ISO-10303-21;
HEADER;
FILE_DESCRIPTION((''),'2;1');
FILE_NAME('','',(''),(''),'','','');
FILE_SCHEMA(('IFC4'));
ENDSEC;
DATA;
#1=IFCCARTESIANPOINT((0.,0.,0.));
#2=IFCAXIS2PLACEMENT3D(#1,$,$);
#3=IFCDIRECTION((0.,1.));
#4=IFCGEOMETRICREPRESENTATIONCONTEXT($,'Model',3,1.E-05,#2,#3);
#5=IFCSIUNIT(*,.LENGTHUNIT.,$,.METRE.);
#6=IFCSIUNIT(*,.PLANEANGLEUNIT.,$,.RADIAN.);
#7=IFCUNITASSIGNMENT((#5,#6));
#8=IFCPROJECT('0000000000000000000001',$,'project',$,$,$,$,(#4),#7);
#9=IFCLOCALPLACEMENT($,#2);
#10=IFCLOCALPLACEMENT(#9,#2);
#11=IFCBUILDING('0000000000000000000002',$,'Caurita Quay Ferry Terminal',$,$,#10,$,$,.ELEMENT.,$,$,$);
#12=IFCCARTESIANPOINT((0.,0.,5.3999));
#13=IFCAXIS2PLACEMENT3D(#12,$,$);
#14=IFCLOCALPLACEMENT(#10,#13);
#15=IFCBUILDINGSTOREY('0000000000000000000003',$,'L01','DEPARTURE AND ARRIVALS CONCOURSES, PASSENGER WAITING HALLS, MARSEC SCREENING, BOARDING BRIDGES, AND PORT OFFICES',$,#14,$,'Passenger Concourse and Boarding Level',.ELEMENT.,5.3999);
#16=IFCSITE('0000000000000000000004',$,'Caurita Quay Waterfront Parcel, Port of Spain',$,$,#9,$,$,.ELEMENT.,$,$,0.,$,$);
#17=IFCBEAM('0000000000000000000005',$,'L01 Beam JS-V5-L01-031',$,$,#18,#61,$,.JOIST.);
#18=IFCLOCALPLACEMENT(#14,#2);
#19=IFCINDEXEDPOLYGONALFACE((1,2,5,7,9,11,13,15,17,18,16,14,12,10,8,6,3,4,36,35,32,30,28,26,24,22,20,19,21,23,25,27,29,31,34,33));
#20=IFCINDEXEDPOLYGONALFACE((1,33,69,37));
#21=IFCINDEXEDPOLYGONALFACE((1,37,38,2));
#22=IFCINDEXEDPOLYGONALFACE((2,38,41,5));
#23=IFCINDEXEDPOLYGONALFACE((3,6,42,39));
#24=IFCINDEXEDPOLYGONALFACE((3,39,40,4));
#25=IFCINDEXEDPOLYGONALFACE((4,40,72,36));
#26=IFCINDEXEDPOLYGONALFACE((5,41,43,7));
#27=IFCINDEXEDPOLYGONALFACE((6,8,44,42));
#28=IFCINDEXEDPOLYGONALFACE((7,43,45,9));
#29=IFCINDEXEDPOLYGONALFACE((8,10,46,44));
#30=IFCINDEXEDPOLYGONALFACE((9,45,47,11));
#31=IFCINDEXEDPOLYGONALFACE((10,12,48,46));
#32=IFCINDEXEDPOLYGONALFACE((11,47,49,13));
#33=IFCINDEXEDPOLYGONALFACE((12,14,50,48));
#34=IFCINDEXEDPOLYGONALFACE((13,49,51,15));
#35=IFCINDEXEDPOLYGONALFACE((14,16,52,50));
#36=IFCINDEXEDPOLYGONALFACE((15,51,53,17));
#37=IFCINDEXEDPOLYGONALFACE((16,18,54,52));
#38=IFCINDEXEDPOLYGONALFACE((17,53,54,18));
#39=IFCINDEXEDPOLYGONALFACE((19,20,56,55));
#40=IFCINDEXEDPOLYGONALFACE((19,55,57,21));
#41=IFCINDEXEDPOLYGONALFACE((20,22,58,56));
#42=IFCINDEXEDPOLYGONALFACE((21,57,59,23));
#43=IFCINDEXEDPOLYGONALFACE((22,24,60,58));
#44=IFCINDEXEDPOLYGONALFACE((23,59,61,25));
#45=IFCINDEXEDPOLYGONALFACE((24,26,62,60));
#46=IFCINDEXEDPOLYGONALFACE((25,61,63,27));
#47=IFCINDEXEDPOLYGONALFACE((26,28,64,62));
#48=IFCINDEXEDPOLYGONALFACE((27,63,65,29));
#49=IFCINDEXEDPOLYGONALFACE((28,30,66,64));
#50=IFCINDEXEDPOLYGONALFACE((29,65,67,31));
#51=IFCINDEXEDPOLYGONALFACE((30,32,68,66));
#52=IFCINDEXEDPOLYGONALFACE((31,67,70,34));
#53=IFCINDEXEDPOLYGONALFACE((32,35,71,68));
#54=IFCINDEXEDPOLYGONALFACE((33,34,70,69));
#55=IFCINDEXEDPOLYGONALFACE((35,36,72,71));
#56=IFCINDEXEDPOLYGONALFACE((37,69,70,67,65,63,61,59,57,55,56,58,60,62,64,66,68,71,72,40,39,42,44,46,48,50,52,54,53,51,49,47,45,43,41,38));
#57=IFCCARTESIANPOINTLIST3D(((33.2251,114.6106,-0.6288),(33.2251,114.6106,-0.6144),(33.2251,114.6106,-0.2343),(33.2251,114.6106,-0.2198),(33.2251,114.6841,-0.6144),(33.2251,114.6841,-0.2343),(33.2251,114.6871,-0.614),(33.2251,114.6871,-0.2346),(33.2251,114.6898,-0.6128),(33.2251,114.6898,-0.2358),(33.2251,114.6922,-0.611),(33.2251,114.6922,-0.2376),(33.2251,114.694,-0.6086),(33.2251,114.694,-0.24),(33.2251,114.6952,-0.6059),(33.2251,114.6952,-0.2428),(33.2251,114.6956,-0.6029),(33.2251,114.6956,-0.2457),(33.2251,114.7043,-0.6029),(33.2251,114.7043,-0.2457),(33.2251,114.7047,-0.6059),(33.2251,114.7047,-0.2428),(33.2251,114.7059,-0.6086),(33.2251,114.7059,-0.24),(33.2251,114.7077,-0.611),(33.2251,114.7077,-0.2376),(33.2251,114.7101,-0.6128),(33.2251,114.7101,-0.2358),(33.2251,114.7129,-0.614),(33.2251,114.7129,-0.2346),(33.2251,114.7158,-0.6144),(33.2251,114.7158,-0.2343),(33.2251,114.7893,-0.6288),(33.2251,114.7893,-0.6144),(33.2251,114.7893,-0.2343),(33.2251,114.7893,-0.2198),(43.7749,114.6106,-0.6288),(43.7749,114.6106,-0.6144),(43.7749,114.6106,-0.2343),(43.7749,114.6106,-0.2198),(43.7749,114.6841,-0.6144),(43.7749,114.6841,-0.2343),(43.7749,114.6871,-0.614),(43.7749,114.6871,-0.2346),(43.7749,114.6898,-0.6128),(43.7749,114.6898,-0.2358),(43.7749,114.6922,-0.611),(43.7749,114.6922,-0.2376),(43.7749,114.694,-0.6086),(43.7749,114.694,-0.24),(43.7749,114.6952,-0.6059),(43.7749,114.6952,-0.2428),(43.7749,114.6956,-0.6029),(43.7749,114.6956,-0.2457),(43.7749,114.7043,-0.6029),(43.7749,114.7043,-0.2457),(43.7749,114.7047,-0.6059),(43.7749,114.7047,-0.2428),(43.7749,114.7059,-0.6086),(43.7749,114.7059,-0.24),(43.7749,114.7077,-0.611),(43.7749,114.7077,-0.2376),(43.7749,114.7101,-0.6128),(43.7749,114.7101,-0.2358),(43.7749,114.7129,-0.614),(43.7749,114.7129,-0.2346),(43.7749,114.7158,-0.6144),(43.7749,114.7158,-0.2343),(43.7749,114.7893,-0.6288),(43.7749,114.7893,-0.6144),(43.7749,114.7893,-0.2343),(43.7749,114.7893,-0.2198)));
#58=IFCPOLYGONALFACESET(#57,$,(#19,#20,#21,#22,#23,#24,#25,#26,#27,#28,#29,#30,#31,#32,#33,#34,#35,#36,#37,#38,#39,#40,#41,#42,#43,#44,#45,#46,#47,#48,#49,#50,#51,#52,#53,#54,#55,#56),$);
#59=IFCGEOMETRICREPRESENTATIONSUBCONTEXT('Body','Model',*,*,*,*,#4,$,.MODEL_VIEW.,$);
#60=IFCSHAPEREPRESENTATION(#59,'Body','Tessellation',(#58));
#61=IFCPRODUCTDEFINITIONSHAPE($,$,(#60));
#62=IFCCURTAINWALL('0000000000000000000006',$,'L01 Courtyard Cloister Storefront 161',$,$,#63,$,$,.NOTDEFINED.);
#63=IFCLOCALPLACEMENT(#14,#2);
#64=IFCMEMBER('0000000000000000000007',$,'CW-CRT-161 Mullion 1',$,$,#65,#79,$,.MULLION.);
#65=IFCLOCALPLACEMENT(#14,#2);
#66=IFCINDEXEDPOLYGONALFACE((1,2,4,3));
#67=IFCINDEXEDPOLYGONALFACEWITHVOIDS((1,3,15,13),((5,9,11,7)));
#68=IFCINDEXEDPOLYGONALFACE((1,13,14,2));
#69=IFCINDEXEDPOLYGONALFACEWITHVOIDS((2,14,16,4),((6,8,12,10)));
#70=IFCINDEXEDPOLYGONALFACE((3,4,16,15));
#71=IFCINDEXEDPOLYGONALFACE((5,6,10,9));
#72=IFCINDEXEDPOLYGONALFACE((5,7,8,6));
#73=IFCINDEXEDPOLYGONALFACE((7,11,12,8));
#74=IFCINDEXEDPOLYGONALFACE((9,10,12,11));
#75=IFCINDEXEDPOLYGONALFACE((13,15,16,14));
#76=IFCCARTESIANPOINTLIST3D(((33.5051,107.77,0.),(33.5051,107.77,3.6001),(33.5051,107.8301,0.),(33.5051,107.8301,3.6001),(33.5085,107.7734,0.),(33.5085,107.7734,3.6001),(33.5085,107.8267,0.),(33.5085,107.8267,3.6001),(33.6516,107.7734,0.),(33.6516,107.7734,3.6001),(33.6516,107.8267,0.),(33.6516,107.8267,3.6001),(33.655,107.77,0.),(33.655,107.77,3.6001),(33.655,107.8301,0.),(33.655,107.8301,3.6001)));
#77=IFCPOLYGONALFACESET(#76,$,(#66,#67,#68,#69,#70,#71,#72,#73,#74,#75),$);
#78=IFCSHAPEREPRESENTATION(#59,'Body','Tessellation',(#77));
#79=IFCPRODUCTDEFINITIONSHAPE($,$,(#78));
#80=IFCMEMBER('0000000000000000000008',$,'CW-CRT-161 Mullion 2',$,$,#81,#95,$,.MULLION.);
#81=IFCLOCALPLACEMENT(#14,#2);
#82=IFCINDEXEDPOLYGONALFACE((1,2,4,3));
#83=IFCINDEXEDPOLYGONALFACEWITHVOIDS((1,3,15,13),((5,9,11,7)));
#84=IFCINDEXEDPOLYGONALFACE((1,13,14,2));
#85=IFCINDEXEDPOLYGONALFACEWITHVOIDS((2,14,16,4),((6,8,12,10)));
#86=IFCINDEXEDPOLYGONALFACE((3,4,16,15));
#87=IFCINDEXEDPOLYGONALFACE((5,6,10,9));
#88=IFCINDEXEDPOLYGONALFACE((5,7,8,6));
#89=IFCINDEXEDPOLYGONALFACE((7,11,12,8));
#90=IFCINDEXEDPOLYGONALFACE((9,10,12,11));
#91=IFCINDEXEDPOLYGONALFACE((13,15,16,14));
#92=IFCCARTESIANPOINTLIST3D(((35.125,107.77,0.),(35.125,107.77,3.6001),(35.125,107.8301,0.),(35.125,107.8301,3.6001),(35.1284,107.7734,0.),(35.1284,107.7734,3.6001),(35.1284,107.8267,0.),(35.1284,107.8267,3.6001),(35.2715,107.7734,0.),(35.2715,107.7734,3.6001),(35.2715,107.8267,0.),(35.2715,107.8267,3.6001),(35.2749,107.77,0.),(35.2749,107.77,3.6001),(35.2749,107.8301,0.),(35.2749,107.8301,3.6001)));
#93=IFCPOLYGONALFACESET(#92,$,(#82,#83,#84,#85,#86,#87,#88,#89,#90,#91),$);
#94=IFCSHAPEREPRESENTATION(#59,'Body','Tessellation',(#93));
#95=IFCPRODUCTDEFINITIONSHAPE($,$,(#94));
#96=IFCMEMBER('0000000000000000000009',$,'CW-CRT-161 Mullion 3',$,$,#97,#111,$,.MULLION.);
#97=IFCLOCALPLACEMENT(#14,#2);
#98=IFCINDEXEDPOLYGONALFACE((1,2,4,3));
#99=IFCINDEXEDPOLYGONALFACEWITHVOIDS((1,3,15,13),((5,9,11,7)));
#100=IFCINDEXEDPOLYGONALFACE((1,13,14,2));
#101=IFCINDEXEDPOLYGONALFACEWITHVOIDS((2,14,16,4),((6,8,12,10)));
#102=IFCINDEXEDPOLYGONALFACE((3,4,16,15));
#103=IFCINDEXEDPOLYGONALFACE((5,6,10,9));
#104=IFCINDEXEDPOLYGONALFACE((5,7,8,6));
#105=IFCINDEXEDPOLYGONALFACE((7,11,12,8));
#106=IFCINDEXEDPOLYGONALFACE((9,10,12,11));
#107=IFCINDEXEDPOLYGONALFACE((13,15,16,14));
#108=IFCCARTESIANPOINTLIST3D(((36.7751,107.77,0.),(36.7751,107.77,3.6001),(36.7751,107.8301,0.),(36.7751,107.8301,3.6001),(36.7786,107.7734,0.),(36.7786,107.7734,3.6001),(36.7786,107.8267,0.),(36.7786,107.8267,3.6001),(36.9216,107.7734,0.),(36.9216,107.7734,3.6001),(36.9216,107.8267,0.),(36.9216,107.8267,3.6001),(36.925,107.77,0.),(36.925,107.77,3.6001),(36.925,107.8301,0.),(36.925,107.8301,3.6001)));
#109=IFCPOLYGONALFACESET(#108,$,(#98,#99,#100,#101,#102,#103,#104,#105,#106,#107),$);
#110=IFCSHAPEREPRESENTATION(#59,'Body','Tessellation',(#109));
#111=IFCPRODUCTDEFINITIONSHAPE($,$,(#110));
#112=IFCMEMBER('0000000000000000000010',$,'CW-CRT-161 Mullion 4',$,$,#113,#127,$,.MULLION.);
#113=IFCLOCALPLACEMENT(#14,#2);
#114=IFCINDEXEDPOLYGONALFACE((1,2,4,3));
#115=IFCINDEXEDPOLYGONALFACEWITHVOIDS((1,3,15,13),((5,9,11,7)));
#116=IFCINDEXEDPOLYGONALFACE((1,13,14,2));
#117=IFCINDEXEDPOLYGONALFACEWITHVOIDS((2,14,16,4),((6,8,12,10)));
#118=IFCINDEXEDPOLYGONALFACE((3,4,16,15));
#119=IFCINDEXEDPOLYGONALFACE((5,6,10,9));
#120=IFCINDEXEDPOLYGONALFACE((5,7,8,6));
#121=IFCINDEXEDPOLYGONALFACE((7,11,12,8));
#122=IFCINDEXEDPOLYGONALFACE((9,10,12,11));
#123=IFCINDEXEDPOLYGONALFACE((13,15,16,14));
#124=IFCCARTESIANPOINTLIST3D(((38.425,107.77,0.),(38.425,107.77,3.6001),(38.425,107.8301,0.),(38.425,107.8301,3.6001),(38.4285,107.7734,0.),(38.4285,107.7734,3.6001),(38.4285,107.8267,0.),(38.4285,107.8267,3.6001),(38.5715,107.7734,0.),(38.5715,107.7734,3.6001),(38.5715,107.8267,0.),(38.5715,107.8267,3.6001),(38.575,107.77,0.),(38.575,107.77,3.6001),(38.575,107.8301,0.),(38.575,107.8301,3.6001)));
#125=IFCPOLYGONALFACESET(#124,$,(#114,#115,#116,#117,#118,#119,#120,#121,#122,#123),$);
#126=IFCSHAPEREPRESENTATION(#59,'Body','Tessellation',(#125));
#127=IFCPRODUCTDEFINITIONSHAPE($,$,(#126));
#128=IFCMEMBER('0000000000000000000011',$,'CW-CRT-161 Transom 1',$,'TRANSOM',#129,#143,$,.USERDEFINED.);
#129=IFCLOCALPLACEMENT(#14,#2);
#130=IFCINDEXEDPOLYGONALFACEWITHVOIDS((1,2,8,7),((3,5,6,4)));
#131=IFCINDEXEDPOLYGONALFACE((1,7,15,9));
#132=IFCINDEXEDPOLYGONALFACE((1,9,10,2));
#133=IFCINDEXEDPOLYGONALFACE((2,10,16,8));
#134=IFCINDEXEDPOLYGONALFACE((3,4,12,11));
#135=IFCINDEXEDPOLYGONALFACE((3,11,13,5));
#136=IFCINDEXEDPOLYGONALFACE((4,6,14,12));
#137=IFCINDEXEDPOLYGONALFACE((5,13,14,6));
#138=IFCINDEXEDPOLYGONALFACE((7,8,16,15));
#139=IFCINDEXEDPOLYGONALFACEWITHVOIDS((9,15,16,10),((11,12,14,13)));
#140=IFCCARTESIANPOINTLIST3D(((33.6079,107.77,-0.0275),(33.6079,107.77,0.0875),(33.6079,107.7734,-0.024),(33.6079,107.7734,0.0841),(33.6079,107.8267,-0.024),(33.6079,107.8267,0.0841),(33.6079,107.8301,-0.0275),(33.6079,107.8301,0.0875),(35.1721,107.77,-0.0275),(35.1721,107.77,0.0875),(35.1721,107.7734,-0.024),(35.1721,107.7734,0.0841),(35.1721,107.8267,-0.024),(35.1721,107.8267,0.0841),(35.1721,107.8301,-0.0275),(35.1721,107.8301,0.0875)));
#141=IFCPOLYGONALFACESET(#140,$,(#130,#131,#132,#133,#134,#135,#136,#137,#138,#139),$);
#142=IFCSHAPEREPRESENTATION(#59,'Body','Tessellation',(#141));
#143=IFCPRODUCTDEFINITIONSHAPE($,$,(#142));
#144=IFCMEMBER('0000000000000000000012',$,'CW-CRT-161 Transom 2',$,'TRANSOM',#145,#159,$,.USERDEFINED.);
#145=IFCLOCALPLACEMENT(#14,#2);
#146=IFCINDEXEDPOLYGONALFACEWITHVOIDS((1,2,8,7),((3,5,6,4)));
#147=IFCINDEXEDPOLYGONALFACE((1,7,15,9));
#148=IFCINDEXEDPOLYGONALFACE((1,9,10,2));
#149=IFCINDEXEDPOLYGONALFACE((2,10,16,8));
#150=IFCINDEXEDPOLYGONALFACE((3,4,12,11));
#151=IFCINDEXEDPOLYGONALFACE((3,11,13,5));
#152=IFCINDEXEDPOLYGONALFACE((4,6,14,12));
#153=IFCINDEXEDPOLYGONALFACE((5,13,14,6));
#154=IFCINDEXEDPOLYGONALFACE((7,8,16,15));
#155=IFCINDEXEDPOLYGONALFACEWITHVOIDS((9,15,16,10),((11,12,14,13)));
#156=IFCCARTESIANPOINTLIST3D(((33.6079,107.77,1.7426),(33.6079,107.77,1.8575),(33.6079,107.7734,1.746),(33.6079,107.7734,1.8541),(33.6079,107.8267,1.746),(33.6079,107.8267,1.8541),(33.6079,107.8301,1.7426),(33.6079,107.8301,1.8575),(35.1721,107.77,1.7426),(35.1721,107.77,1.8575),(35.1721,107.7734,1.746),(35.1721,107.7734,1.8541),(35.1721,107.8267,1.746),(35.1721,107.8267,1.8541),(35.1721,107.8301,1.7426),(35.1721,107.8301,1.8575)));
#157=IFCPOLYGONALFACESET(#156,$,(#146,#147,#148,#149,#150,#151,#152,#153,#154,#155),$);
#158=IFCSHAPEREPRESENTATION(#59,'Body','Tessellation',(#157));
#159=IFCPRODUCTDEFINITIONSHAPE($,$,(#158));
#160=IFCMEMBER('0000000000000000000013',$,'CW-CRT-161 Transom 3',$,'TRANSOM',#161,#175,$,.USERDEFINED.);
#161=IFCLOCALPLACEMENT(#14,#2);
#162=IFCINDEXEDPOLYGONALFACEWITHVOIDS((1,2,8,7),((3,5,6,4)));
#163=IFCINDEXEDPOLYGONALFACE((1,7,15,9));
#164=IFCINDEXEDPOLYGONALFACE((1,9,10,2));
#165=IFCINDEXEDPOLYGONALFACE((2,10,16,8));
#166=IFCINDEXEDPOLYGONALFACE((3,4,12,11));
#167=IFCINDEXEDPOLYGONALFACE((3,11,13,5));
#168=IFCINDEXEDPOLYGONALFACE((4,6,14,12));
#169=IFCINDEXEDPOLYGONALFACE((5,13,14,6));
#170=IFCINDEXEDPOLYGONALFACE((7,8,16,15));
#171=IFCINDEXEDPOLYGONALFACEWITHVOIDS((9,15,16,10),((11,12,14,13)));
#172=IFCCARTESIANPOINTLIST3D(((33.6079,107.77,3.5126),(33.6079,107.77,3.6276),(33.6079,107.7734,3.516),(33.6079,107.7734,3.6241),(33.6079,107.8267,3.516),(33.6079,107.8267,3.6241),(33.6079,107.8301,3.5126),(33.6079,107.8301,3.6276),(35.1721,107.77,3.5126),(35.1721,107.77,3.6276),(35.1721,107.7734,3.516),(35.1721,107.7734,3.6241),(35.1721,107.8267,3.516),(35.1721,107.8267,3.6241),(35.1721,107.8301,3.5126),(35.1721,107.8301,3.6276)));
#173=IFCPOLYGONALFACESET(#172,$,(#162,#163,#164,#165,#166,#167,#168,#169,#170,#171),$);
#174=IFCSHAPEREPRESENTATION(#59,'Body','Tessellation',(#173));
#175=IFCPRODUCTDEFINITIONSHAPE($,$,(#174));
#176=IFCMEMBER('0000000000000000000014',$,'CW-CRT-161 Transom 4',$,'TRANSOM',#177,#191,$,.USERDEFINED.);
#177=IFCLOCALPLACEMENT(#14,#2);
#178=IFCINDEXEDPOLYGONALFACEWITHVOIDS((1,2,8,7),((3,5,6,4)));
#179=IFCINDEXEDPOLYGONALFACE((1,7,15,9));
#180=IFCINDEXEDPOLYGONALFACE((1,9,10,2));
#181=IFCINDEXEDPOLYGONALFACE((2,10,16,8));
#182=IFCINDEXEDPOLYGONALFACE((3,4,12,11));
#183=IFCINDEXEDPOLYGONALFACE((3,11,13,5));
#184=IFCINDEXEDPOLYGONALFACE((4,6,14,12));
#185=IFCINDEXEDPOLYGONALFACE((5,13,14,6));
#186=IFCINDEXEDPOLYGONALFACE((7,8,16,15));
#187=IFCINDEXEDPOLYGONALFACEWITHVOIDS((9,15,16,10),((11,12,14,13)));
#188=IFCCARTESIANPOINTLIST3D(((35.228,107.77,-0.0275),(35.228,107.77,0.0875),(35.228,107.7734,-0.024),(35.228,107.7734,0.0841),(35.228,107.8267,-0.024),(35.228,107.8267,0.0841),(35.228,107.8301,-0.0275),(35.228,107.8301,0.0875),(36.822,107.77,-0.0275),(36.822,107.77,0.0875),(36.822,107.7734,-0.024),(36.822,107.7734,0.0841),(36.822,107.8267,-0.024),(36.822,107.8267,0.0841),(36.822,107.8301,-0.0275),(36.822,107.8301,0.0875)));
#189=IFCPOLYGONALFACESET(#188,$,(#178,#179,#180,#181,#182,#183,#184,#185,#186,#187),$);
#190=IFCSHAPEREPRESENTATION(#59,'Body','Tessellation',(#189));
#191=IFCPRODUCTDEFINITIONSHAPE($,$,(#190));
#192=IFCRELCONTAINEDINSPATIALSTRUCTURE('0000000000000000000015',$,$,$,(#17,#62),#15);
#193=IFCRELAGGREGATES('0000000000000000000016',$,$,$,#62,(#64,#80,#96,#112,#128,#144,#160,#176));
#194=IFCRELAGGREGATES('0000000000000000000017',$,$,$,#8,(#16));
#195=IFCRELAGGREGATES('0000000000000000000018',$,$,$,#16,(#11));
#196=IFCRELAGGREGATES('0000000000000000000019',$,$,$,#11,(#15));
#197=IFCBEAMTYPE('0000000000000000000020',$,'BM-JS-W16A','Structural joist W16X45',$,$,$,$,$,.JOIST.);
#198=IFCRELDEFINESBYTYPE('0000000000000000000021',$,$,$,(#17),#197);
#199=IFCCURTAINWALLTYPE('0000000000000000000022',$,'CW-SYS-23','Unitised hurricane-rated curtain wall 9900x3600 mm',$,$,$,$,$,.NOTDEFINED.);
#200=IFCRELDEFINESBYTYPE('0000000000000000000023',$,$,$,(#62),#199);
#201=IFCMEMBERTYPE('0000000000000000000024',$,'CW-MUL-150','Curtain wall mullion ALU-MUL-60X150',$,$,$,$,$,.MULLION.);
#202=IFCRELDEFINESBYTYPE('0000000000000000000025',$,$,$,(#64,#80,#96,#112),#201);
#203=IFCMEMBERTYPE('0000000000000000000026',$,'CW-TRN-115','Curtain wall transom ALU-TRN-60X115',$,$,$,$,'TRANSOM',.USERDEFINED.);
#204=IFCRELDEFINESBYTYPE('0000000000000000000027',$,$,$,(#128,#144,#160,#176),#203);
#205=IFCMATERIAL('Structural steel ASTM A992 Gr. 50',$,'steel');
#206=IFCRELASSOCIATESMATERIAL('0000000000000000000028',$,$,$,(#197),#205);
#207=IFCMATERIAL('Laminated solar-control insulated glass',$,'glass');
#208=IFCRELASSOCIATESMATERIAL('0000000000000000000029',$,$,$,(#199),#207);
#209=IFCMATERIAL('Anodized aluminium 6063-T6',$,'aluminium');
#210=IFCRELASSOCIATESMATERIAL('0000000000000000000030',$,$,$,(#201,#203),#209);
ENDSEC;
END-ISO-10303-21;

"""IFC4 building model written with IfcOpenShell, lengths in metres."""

from ifc_helpers import new_model, si_unit, direction, frame, origin, origin_2d, place, context, subcontext, project, spatial, hollow_rectangle, i_section, extrude, material, material_profile, profile_set, type_object, element, aggregate, save


model = new_model("IFC4")

# Units and contexts
model_context = context("Model", 3, precision=1e-05, world=origin(), true_north=direction((0.0, 1.0)))
body_context = subcontext(model_context, "Body", "Model", "MODEL_VIEW")
ifc_project = project(units=[si_unit("LENGTHUNIT", "METRE"), si_unit("PLANEANGLEUNIT", "RADIAN")], contexts=[model_context])

# Site, building, storey
site_placement = place(None, origin())
site = spatial("IfcSite", under=ifc_project, at=site_placement, Name="Caurita Quay Waterfront Parcel, Port of Spain", CompositionType="ELEMENT", RefElevation=0.0)
building_placement = place(site_placement, origin())
building = spatial("IfcBuilding", under=site, at=building_placement, Name="Caurita Quay Ferry Terminal", CompositionType="ELEMENT")
storey_placement = place(building_placement, frame((0.0, 0.0, 5.3999)))
storey = spatial("IfcBuildingStorey", under=building, at=storey_placement, Name="L01", Description="DEPARTURE AND ARRIVALS CONCOURSES, PASSENGER WAITING HALLS, MARSEC SCREENING, BOARDING BRIDGES, AND PORT OFFICES", LongName="Passenger Concourse and Boarding Level", CompositionType="ELEMENT", Elevation=5.3999)

# Beam
ifc_material_1 = material(Name="Structural steel ASTM A992 Gr. 50", Category="steel")
ifc_material_profile_1 = material_profile(ifc_material_1, i_section(OverallWidth=0.1787, OverallDepth=0.4089, WebThickness=0.0088, FlangeThickness=0.0144, FilletRadius=0.0115, at=origin_2d()), Name="W16X45")
ifc_profile_set_1 = profile_set([ifc_material_profile_1], Name="Structural steel ASTM A992 Gr. 50")
beam_type = type_object("IfcBeamType", Name="BM-JS-W16A", Description="Structural joist W16X45", PredefinedType="JOIST", material=ifc_profile_set_1)
beam_placement = place(storey_placement, frame((33.2251, 114.7, -0.4243), z_axis=(1.0, 0.0, 0.0), x_axis=(0.0, 1.0, 0.0)))
element("IfcBeam", 1, at=beam_placement, inside=storey, type_object=beam_type, Name="L01 Beam JS-V5-L01-031", PredefinedType="JOIST", context=body_context, shape_type="SweptSolid", body=[
    extrude(i_section(OverallWidth=0.1787, OverallDepth=0.4089, WebThickness=0.0088, FlangeThickness=0.0144, FilletRadius=0.0115, at=origin_2d()), origin(), (0.0, 0.0, 1.0), 10.5498),
])

# Curtain wall, members
ifc_material_2 = material(Name="Laminated solar-control insulated glass", Category="glass")
curtain_wall_type = type_object("IfcCurtainWallType", Name="CW-SYS-23", Description="Unitised hurricane-rated curtain wall 9900x3600 mm", PredefinedType="NOTDEFINED", material=ifc_material_2)
curtain_wall_placement = place(storey_placement, origin())
curtain_wall = element("IfcCurtainWall", 2, at=curtain_wall_placement, inside=storey, type_object=curtain_wall_type, Name="L01 Courtyard Cloister Storefront 161", PredefinedType="NOTDEFINED")
ifc_material_3 = material(Name="Anodized aluminium 6063-T6", Category="aluminium")
ifc_material_profile_2 = material_profile(ifc_material_3, hollow_rectangle(XDim=0.0601, YDim=0.1499, WallThickness=0.0034, at=origin_2d()), Name="ALU-MUL-60X150")
ifc_profile_set_2 = profile_set([ifc_material_profile_2], Name="Anodized aluminium 6063-T6")
member_type_1 = type_object("IfcMemberType", Name="CW-MUL-150", Description="Curtain wall mullion ALU-MUL-60X150", PredefinedType="MULLION", material=ifc_profile_set_2)
member_1_placement = place(storey_placement, frame((33.5801, 107.8, 0.0), z_axis=(0.0, 0.0, 1.0), x_axis=(0.0, 1.0, 0.0)))
member_1 = element("IfcMember", 3, at=member_1_placement, type_object=member_type_1, Name="CW-CRT-161 Mullion 1", PredefinedType="MULLION", context=body_context, shape_type="SweptSolid", body=[
    extrude(hollow_rectangle(XDim=0.0601, YDim=0.1499, WallThickness=0.0034, at=origin_2d()), origin(), (0.0, 0.0, 1.0), 3.6001),
])
member_2_placement = place(storey_placement, frame((35.2, 107.8, 0.0), z_axis=(0.0, 0.0, 1.0), x_axis=(0.0, 1.0, 0.0)))
member_2 = element("IfcMember", 4, at=member_2_placement, type_object=member_type_1, Name="CW-CRT-161 Mullion 2", PredefinedType="MULLION", context=body_context, shape_type="SweptSolid", body=[
    extrude(hollow_rectangle(XDim=0.0601, YDim=0.1499, WallThickness=0.0034, at=origin_2d()), origin(), (0.0, 0.0, 1.0), 3.6001),
])
member_3_placement = place(storey_placement, frame((36.8501, 107.8, 0.0), z_axis=(0.0, 0.0, 1.0), x_axis=(0.0, 1.0, 0.0)))
member_3 = element("IfcMember", 5, at=member_3_placement, type_object=member_type_1, Name="CW-CRT-161 Mullion 3", PredefinedType="MULLION", context=body_context, shape_type="SweptSolid", body=[
    extrude(hollow_rectangle(XDim=0.0601, YDim=0.1499, WallThickness=0.0034, at=origin_2d()), origin(), (0.0, 0.0, 1.0), 3.6001),
])
member_4_placement = place(storey_placement, frame((38.5, 107.8, 0.0), z_axis=(0.0, 0.0, 1.0), x_axis=(0.0, 1.0, 0.0)))
member_4 = element("IfcMember", 6, at=member_4_placement, type_object=member_type_1, Name="CW-CRT-161 Mullion 4", PredefinedType="MULLION", context=body_context, shape_type="SweptSolid", body=[
    extrude(hollow_rectangle(XDim=0.0601, YDim=0.1499, WallThickness=0.0034, at=origin_2d()), origin(), (0.0, 0.0, 1.0), 3.6001),
])
ifc_material_profile_3 = material_profile(ifc_material_3, hollow_rectangle(XDim=0.0601, YDim=0.115, WallThickness=0.0034, at=origin_2d()), Name="ALU-TRN-60X115")
ifc_profile_set_3 = profile_set([ifc_material_profile_3], Name="Anodized aluminium 6063-T6")
member_type_2 = type_object("IfcMemberType", Name="CW-TRN-115", Description="Curtain wall transom ALU-TRN-60X115", ElementType="TRANSOM", PredefinedType="USERDEFINED", material=ifc_profile_set_3)
member_5_placement = place(storey_placement, frame((33.6079, 107.8, 0.03), z_axis=(1.0, 0.0, 0.0), x_axis=(0.0, 1.0, 0.0)))
member_5 = element("IfcMember", 7, at=member_5_placement, type_object=member_type_2, Name="CW-CRT-161 Transom 1", ObjectType="TRANSOM", PredefinedType="USERDEFINED", context=body_context, shape_type="SweptSolid", body=[
    extrude(hollow_rectangle(XDim=0.0601, YDim=0.115, WallThickness=0.0034, at=origin_2d()), origin(), (0.0, 0.0, 1.0), 1.5642),
])
member_6_placement = place(storey_placement, frame((33.6079, 107.8, 1.8), z_axis=(1.0, 0.0, 0.0), x_axis=(0.0, 1.0, 0.0)))
member_6 = element("IfcMember", 8, at=member_6_placement, type_object=member_type_2, Name="CW-CRT-161 Transom 2", ObjectType="TRANSOM", PredefinedType="USERDEFINED", context=body_context, shape_type="SweptSolid", body=[
    extrude(hollow_rectangle(XDim=0.0601, YDim=0.115, WallThickness=0.0034, at=origin_2d()), origin(), (0.0, 0.0, 1.0), 1.5642),
])
member_7_placement = place(storey_placement, frame((33.6079, 107.8, 3.5701), z_axis=(1.0, 0.0, 0.0), x_axis=(0.0, 1.0, 0.0)))
member_7 = element("IfcMember", 9, at=member_7_placement, type_object=member_type_2, Name="CW-CRT-161 Transom 3", ObjectType="TRANSOM", PredefinedType="USERDEFINED", context=body_context, shape_type="SweptSolid", body=[
    extrude(hollow_rectangle(XDim=0.0601, YDim=0.115, WallThickness=0.0034, at=origin_2d()), origin(), (0.0, 0.0, 1.0), 1.5642),
])
member_8_placement = place(storey_placement, frame((35.228, 107.8, 0.03), z_axis=(1.0, 0.0, 0.0), x_axis=(0.0, 1.0, 0.0)))
member_8 = element("IfcMember", 10, at=member_8_placement, type_object=member_type_2, Name="CW-CRT-161 Transom 4", ObjectType="TRANSOM", PredefinedType="USERDEFINED", context=body_context, shape_type="SweptSolid", body=[
    extrude(hollow_rectangle(XDim=0.0601, YDim=0.115, WallThickness=0.0034, at=origin_2d()), origin(), (0.0, 0.0, 1.0), 1.594),
])
aggregate(curtain_wall, [member_1, member_2, member_3, member_4, member_5, member_6, member_7, member_8])

save(model, "model.ifc")
